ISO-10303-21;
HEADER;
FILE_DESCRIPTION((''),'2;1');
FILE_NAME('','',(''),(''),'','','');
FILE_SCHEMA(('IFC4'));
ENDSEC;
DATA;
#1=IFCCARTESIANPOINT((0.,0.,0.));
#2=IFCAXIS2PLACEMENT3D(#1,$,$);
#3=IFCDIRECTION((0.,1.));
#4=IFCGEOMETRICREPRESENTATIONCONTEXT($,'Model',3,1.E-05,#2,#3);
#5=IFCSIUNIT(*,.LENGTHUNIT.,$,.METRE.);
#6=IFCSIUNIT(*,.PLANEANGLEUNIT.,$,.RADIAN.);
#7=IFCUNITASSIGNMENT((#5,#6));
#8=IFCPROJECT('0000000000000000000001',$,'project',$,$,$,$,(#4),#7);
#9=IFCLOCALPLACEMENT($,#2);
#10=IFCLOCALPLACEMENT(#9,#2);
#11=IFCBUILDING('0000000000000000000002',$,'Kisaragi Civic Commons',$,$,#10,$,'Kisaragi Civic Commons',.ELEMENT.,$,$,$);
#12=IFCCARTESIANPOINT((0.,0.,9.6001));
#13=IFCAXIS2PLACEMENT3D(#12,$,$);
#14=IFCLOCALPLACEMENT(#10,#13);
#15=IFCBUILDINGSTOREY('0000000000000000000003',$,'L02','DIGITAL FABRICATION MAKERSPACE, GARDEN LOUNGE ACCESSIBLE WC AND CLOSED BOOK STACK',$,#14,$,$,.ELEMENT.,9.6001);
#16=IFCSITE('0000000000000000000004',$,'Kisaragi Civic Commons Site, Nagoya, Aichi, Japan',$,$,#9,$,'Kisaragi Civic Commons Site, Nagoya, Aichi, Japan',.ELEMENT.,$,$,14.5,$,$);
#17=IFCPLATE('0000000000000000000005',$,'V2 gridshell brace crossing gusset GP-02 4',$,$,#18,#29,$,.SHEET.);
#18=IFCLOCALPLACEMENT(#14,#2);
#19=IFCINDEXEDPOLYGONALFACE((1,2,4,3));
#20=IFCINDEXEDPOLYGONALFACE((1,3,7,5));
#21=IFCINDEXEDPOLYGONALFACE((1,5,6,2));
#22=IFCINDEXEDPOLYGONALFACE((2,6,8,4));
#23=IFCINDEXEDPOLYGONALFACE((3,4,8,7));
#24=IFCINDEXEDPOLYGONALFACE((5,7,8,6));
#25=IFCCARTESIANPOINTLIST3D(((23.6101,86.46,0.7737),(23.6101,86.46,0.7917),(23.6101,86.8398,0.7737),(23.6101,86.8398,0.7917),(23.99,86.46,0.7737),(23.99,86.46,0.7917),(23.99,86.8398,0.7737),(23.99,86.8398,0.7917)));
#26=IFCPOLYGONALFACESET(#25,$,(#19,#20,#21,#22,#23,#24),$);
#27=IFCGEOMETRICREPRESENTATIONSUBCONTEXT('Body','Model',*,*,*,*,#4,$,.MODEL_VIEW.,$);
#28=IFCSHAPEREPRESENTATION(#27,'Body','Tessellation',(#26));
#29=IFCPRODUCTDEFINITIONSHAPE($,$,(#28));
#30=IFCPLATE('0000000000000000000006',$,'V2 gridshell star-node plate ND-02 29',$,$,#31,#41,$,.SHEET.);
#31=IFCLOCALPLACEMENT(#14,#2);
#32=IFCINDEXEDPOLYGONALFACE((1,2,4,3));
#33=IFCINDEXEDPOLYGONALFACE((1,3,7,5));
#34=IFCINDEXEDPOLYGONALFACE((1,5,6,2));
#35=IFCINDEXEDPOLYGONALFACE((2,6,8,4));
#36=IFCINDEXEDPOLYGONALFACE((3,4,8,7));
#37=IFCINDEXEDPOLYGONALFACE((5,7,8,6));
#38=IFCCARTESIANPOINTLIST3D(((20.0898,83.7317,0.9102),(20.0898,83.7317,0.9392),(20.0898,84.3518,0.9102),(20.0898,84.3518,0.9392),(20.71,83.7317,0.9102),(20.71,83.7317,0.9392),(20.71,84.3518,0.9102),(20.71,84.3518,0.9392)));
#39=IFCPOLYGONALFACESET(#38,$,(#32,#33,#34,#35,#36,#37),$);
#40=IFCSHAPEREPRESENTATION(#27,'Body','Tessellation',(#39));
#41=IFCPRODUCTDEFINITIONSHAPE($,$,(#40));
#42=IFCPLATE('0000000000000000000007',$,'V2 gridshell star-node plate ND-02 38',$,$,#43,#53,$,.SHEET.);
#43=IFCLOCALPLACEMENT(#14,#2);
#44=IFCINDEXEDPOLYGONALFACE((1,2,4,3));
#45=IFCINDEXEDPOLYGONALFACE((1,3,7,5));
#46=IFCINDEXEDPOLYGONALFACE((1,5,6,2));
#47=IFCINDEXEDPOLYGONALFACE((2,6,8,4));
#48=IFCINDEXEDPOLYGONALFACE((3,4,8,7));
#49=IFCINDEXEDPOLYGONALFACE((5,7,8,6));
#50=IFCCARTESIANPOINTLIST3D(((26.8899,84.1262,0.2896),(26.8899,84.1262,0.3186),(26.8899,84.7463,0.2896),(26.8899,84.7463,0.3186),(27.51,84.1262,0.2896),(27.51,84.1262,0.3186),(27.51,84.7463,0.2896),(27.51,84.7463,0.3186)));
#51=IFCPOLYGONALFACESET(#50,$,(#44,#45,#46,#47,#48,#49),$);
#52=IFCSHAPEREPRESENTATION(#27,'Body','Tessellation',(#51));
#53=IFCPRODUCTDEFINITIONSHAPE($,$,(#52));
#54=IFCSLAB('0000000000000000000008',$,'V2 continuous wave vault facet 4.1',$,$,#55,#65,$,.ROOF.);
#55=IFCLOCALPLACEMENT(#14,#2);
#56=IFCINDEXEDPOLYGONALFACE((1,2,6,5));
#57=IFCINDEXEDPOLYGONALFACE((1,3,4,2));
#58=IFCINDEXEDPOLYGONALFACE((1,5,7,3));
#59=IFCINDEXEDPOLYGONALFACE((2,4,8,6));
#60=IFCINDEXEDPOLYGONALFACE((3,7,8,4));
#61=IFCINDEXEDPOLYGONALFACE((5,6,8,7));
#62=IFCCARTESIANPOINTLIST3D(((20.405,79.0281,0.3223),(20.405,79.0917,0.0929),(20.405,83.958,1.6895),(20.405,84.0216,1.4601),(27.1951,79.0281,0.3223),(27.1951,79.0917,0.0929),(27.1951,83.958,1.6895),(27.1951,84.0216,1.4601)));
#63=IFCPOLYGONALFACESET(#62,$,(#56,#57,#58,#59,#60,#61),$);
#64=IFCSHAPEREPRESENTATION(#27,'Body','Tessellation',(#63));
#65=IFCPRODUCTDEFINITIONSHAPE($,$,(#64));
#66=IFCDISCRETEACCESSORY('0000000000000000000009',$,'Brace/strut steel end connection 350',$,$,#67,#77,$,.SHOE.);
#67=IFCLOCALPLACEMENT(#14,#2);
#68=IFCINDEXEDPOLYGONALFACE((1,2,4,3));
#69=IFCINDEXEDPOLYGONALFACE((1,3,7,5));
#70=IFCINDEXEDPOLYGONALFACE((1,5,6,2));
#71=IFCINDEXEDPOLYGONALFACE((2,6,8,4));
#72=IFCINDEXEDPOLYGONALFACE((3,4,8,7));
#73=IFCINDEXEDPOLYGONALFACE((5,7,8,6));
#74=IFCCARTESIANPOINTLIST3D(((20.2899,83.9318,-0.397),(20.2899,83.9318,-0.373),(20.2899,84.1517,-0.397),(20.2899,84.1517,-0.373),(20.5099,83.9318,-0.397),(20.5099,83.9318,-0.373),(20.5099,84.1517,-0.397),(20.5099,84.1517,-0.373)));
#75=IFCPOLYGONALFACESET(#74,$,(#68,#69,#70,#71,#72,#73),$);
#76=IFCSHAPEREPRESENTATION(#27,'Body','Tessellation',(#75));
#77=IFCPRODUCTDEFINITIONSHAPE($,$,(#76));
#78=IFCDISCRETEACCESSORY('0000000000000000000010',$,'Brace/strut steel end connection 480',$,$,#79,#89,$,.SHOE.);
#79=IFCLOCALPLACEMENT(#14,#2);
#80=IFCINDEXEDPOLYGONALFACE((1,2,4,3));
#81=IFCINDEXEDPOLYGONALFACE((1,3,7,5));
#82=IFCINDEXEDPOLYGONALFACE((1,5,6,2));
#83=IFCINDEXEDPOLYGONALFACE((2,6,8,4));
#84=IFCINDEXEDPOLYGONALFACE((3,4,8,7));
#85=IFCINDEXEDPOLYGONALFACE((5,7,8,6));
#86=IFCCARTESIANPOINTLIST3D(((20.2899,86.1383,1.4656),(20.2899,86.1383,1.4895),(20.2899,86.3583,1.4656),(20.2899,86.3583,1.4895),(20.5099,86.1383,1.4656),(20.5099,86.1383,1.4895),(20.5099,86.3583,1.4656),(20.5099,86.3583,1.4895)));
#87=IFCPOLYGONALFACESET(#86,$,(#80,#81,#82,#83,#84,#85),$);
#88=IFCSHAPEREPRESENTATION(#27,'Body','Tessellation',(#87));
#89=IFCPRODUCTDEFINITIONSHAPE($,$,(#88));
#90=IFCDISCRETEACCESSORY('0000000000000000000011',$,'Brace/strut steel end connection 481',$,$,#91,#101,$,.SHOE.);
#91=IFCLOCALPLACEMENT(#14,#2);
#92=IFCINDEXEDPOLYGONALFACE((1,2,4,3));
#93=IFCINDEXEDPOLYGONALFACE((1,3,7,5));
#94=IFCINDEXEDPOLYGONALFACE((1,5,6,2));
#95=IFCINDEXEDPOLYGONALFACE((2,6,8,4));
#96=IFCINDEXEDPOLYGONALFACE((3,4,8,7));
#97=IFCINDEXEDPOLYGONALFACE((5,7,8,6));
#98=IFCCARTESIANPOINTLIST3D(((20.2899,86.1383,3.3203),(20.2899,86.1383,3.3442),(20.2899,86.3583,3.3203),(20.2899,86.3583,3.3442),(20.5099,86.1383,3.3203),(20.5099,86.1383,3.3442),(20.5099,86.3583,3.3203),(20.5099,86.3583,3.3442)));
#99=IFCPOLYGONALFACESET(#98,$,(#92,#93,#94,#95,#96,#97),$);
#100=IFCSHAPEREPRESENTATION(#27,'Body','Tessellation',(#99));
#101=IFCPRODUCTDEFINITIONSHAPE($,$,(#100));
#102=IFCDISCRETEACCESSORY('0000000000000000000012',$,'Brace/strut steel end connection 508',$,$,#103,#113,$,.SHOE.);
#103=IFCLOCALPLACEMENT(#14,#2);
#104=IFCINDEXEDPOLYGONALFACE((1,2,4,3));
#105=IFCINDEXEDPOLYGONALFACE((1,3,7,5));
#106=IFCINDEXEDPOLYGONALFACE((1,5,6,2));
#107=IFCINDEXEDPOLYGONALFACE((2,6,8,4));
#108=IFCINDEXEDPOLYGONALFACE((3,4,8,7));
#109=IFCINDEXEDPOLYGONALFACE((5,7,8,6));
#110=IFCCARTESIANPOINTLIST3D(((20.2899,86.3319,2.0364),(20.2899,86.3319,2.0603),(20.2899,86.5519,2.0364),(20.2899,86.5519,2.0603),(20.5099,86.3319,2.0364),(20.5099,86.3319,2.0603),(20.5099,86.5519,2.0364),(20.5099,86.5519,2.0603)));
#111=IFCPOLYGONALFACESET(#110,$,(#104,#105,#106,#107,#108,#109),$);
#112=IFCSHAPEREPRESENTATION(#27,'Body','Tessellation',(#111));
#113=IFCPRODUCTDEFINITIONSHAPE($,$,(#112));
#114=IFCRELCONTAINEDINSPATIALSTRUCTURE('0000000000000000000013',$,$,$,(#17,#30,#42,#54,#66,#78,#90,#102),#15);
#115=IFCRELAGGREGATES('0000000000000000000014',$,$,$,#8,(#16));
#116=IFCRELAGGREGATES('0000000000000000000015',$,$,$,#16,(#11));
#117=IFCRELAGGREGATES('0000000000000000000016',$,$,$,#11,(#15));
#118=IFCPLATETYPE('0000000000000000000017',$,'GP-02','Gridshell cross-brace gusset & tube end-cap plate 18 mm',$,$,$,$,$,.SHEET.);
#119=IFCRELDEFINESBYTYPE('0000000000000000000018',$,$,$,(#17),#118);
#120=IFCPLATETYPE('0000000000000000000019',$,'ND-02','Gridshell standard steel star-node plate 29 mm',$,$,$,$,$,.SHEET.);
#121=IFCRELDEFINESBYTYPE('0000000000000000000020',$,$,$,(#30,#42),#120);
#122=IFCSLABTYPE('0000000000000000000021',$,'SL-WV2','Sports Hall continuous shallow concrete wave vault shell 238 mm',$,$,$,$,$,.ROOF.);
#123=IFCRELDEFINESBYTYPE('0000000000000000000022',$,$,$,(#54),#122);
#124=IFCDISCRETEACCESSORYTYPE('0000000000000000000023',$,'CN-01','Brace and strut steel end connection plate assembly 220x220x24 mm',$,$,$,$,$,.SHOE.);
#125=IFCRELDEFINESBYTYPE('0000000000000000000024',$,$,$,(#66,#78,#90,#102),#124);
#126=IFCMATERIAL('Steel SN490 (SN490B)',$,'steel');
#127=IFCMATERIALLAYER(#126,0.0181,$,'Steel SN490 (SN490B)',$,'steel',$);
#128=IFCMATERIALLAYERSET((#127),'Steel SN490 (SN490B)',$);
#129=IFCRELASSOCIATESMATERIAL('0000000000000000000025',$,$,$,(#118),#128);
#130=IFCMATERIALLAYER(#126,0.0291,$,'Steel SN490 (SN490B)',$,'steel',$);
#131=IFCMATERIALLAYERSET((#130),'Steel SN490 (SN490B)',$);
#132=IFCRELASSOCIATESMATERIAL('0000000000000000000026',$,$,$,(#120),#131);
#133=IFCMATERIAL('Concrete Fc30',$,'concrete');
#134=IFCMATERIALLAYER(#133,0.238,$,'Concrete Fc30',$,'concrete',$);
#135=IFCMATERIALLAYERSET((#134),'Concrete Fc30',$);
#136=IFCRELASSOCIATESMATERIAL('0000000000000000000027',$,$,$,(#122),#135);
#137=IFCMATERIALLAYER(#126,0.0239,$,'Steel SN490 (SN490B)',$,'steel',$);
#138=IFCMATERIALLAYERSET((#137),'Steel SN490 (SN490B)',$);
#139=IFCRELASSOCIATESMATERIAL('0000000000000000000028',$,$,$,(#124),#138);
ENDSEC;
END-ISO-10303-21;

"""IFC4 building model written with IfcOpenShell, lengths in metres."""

from ifc_helpers import new_model, si_unit, direction, frame, origin, origin_2d, place, context, subcontext, project, spatial, polyline, rectangle, outline, extrude, material, layer, layer_set, type_object, element, save


model = new_model("IFC4")

# Units and contexts
model_context = context("Model", 3, precision=1e-05, world=origin(), true_north=direction((0.0, 1.0)))
body_context = subcontext(model_context, "Body", "Model", "MODEL_VIEW")
ifc_project = project(units=[si_unit("LENGTHUNIT", "METRE"), si_unit("PLANEANGLEUNIT", "RADIAN")], contexts=[model_context])

# Site, building, storey
site_placement = place(None, origin())
site = spatial("IfcSite", under=ifc_project, at=site_placement, Name="Kisaragi Civic Commons Site, Nagoya, Aichi, Japan", LongName="Kisaragi Civic Commons Site, Nagoya, Aichi, Japan", CompositionType="ELEMENT", RefElevation=14.5)
building_placement = place(site_placement, origin())
building = spatial("IfcBuilding", under=site, at=building_placement, Name="Kisaragi Civic Commons", LongName="Kisaragi Civic Commons", CompositionType="ELEMENT")
storey_placement = place(building_placement, frame((0.0, 0.0, 9.6001)))
storey = spatial("IfcBuildingStorey", under=building, at=storey_placement, Name="L02", Description="DIGITAL FABRICATION MAKERSPACE, GARDEN LOUNGE ACCESSIBLE WC AND CLOSED BOOK STACK", CompositionType="ELEMENT", Elevation=9.6001)

# Shared definitions
ifc_material_1 = material(Name="Steel SN490 (SN490B)", Category="steel")

# Plates
ifc_layer_1 = layer(ifc_material_1, 0.0181, Name="Steel SN490 (SN490B)", Category="steel")
ifc_layer_set_1 = layer_set([ifc_layer_1], Name="Steel SN490 (SN490B)")
plate_type_1 = type_object("IfcPlateType", Name="GP-02", Description="Gridshell cross-brace gusset & tube end-cap plate 18 mm", PredefinedType="SHEET", material=ifc_layer_set_1)
plate_1_placement = place(storey_placement, frame((23.8, 86.6499, 0.7737), z_axis=(0.0, 0.0, 1.0), x_axis=(1.0, 0.0, 0.0)))
element("IfcPlate", 1, at=plate_1_placement, inside=storey, type_object=plate_type_1, Name="V2 gridshell brace crossing gusset GP-02 4", PredefinedType="SHEET", context=body_context, shape_type="SweptSolid", body=[
    extrude(rectangle(XDim=0.3799, YDim=0.3799, at=origin_2d()), origin(), (0.0, 0.0, 1.0), 0.0181),
])
ifc_layer_2 = layer(ifc_material_1, 0.0291, Name="Steel SN490 (SN490B)", Category="steel")
ifc_layer_set_2 = layer_set([ifc_layer_2], Name="Steel SN490 (SN490B)")
plate_type_2 = type_object("IfcPlateType", Name="ND-02", Description="Gridshell standard steel star-node plate 29 mm", PredefinedType="SHEET", material=ifc_layer_set_2)
for number, where, z_axis, x_axis, name in (
    (2, (20.3999, 84.0417, 0.9102), (0.0, 0.0, 1.0), (1.0, 0.0, 0.0), "V2 gridshell star-node plate ND-02 29"),
    (3, (27.2, 84.4363, 0.2896), (0.0, 0.0, 1.0), (1.0, 0.0, 0.0), "V2 gridshell star-node plate ND-02 38"),
):
    element("IfcPlate", number, at=place(storey_placement, frame(where, z_axis=z_axis, x_axis=x_axis)), inside=storey, type_object=plate_type_2, Name=name, PredefinedType="SHEET", context=body_context, shape_type="SweptSolid", body=[
        extrude(rectangle(XDim=0.6201, YDim=0.6201, at=origin_2d()), origin(), (0.0, 0.0, 1.0), 0.0291),
    ])

# Slab
ifc_material_2 = material(Name="Concrete Fc30", Category="concrete")
ifc_layer_3 = layer(ifc_material_2, 0.238, Name="Concrete Fc30", Category="concrete")
ifc_layer_set_3 = layer_set([ifc_layer_3], Name="Concrete Fc30")
slab_type = type_object("IfcSlabType", Name="SL-WV2", Description="Sports Hall continuous shallow concrete wave vault shell 238 mm", PredefinedType="ROOF", material=ifc_layer_set_3)
slab_placement = place(storey_placement, frame((27.1951, 83.958, 1.6895), z_axis=(0.0, -0.267238, 0.963631), x_axis=(-1.0, 0.0, 0.0)))
element("IfcSlab", 4, at=slab_placement, inside=storey, type_object=slab_type, Name="V2 continuous wave vault facet 4.1", PredefinedType="ROOF", context=body_context, shape_type="SweptSolid", body=[
    extrude(outline(polyline([(0.0, 0.0), (6.79, 0.0), (6.79, 5.116), (0.0, 5.116), (0.0, 0.0)])), origin(), (0.0, 0.0, -1.0), 0.238),
])

# Discrete accessories
ifc_layer_4 = layer(ifc_material_1, 0.0239, Name="Steel SN490 (SN490B)", Category="steel")
ifc_layer_set_4 = layer_set([ifc_layer_4], Name="Steel SN490 (SN490B)")
discrete_accessory_type = type_object("IfcDiscreteAccessoryType", Name="CN-01", Description="Brace and strut steel end connection plate assembly 220x220x24 mm", PredefinedType="SHOE", material=ifc_layer_set_4)
for number, where, z_axis, x_axis, name in (
    (5, (20.3999, 84.0417, -0.397), (0.0, 0.0, 1.0), (1.0, 0.0, 0.0), "Brace/strut steel end connection 350"),
    (6, (20.3999, 86.2483, 1.4656), (0.0, 0.0, 1.0), (1.0, 0.0, 0.0), "Brace/strut steel end connection 480"),
    (7, (20.3999, 86.2483, 3.3203), (0.0, 0.0, 1.0), (1.0, 0.0, 0.0), "Brace/strut steel end connection 481"),
    (8, (20.3999, 86.4419, 2.0364), (0.0, 0.0, 1.0), (1.0, 0.0, 0.0), "Brace/strut steel end connection 508"),
):
    element("IfcDiscreteAccessory", number, at=place(storey_placement, frame(where, z_axis=z_axis, x_axis=x_axis)), inside=storey, type_object=discrete_accessory_type, Name=name, PredefinedType="SHOE", context=body_context, shape_type="SweptSolid", body=[
        extrude(rectangle(XDim=0.22, YDim=0.22, at=origin_2d()), origin(), (0.0, 0.0, 1.0), 0.0239),
    ])

save(model, "model.ifc")
